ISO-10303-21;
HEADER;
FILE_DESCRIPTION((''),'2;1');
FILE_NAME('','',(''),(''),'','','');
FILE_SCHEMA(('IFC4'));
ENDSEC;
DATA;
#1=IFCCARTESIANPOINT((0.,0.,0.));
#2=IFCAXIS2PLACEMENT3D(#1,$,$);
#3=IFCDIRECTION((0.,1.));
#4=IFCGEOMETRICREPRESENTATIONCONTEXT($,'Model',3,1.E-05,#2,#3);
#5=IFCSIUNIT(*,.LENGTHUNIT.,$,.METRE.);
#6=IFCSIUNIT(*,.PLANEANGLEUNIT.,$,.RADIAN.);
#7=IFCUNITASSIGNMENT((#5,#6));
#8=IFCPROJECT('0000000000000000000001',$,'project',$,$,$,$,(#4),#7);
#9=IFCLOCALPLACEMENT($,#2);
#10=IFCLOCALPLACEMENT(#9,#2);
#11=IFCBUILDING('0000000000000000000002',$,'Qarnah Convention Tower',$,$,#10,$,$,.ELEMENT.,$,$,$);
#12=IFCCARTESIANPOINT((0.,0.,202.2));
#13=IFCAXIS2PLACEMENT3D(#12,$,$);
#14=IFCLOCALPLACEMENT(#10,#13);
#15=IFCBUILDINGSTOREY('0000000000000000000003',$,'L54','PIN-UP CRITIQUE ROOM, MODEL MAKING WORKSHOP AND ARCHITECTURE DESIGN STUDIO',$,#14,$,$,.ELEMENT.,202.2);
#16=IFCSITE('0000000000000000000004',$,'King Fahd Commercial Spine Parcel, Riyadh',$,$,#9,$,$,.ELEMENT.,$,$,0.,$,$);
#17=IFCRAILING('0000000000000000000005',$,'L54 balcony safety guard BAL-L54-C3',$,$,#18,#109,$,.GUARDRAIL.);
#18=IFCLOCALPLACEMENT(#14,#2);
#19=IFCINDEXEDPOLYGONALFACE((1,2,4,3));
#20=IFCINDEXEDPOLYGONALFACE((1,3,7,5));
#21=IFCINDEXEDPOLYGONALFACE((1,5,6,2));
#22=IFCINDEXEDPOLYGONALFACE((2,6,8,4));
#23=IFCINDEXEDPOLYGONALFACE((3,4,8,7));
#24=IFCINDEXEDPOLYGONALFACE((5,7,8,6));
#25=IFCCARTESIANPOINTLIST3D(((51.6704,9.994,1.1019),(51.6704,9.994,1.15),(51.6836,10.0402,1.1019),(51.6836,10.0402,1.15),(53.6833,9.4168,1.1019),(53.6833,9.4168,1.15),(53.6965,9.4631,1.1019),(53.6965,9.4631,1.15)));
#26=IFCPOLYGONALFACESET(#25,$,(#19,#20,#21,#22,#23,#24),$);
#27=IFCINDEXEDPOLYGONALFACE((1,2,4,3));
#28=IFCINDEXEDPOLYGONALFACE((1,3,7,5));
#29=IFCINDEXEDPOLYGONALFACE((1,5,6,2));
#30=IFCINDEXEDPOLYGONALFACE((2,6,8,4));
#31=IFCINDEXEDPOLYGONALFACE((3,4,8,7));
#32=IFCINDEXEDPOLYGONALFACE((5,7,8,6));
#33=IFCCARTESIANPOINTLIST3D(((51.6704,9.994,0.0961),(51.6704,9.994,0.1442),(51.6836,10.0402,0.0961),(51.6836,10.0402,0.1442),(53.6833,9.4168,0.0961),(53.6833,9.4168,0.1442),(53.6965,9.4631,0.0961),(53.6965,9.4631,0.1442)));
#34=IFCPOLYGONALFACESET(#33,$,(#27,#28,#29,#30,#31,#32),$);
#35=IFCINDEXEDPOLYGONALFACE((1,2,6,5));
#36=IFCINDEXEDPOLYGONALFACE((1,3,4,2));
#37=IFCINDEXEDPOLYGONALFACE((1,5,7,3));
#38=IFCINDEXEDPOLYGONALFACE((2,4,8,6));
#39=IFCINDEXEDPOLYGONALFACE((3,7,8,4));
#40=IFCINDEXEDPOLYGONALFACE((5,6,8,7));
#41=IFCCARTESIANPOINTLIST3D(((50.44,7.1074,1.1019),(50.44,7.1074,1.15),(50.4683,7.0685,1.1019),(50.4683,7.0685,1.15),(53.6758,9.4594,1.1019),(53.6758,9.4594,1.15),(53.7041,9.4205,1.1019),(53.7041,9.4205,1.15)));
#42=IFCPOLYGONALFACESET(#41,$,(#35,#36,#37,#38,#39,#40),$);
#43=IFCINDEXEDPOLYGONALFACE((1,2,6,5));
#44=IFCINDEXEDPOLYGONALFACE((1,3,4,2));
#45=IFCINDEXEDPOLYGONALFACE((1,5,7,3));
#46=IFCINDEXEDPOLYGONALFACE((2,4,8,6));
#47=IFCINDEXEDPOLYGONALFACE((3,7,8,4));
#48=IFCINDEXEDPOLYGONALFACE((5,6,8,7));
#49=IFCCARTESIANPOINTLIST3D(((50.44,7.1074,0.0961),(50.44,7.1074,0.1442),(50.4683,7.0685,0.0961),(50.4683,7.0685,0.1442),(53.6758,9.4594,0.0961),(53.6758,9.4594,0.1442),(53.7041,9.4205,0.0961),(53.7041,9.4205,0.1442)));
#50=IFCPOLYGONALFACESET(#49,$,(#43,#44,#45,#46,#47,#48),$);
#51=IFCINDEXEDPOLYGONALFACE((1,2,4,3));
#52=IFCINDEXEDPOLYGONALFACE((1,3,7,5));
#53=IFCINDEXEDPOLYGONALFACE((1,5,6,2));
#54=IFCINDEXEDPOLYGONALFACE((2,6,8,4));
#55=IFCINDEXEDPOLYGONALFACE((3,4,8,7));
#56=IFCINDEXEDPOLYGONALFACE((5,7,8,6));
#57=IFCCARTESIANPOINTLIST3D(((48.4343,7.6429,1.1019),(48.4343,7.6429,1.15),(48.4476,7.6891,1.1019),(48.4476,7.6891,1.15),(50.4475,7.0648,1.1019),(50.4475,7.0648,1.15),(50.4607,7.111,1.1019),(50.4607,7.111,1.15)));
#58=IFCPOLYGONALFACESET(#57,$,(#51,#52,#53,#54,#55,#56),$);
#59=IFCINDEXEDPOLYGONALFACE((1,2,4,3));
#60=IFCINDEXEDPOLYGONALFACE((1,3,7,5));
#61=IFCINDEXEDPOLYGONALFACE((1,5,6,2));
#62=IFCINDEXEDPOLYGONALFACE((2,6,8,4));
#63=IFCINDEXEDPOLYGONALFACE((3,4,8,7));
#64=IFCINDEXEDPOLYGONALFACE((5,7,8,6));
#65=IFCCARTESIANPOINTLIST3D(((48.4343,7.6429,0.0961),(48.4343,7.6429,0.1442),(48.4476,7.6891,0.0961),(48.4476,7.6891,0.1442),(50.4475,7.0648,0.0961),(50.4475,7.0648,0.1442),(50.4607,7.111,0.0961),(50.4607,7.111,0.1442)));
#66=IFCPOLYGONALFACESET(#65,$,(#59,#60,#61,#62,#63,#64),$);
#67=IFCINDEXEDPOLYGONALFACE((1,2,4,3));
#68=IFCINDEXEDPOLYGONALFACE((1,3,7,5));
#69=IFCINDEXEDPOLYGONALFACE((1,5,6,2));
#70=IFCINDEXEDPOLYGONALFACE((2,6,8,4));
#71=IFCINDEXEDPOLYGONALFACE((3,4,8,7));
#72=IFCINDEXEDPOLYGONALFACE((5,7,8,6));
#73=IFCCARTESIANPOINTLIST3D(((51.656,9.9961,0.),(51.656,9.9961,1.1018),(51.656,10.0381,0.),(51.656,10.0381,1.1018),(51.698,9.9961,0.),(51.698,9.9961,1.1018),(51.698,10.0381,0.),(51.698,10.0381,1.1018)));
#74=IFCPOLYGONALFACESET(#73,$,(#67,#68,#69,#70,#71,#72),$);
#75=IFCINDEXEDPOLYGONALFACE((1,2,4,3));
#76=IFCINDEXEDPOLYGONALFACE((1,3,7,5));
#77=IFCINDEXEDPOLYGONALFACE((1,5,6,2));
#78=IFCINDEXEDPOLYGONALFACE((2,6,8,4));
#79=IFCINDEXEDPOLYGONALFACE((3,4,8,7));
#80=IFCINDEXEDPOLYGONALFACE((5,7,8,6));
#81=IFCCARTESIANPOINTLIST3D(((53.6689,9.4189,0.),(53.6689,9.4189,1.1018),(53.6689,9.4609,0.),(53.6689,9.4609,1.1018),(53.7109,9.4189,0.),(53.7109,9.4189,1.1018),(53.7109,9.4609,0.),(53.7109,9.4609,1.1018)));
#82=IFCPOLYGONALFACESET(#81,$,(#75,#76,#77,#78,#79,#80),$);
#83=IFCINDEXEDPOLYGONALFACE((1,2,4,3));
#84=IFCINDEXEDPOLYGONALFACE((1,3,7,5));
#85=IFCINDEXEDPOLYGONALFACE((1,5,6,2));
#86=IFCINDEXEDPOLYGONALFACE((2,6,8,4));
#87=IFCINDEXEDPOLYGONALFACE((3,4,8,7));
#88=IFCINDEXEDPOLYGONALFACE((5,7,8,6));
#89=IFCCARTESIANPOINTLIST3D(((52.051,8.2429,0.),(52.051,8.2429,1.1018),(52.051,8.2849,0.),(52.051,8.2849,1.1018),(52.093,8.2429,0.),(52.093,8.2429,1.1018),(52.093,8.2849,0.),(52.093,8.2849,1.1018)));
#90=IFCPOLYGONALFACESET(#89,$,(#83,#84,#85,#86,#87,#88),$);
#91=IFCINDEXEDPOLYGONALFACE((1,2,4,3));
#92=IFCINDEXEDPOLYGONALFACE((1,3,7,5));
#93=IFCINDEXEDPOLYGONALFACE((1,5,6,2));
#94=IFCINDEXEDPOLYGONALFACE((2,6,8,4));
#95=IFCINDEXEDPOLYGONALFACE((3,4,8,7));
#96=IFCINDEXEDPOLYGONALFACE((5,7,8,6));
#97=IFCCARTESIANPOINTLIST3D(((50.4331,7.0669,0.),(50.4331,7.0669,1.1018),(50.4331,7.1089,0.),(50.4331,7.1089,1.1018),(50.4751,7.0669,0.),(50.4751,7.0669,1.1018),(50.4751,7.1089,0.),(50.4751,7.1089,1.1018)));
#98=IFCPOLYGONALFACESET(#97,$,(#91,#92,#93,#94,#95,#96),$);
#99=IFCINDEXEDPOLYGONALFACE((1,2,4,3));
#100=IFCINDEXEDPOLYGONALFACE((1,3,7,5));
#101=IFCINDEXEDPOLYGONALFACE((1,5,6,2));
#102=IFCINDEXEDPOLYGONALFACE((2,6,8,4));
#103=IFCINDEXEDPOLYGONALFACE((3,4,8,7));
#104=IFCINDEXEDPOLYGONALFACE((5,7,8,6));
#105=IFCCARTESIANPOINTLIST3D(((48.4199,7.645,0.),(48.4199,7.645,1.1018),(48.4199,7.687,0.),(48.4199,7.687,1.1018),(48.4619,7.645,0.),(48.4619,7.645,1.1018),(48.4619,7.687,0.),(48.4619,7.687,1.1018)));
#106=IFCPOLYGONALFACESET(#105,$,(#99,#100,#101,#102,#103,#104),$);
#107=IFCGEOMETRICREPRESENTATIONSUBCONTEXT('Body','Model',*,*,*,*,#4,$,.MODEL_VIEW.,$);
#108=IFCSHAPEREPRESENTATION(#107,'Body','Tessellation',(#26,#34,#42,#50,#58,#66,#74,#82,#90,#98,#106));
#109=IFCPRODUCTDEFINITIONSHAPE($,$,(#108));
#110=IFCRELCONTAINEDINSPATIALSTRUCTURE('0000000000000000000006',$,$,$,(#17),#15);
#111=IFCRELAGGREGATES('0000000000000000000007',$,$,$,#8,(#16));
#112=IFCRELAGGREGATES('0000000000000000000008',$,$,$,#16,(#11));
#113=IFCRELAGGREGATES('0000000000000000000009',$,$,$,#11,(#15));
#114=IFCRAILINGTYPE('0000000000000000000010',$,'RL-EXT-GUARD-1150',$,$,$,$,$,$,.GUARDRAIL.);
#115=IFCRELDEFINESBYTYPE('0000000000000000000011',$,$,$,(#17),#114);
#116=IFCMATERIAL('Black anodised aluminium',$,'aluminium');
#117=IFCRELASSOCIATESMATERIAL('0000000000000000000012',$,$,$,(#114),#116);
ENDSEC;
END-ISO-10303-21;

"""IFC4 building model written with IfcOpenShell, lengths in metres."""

from ifc_helpers import new_model, si_unit, direction, frame, origin, origin_2d, place, context, subcontext, project, spatial, rectangle, extrude, material, type_object, element, save


model = new_model("IFC4")

# Units and contexts
model_context = context("Model", 3, precision=1e-05, world=origin(), true_north=direction((0.0, 1.0)))
body_context = subcontext(model_context, "Body", "Model", "MODEL_VIEW")
ifc_project = project(units=[si_unit("LENGTHUNIT", "METRE"), si_unit("PLANEANGLEUNIT", "RADIAN")], contexts=[model_context])

# Site, building, storey
site_placement = place(None, origin())
site = spatial("IfcSite", under=ifc_project, at=site_placement, Name="King Fahd Commercial Spine Parcel, Riyadh", CompositionType="ELEMENT", RefElevation=0.0)
building_placement = place(site_placement, origin())
building = spatial("IfcBuilding", under=site, at=building_placement, Name="Qarnah Convention Tower", CompositionType="ELEMENT")
storey_placement = place(building_placement, frame((0.0, 0.0, 202.2)))
storey = spatial("IfcBuildingStorey", under=building, at=storey_placement, Name="L54", Description="PIN-UP CRITIQUE ROOM, MODEL MAKING WORKSHOP AND ARCHITECTURE DESIGN STUDIO", CompositionType="ELEMENT", Elevation=202.2)

# Shared definitions
ifc_material_1 = material(Name="Black anodised aluminium", Category="aluminium")

# Railing
railing_type = type_object("IfcRailingType", Name="RL-EXT-GUARD-1150", PredefinedType="GUARDRAIL", material=ifc_material_1)
railing_1_placement = place(storey_placement, frame((51.677, 10.0171, 0.0)))
element("IfcRailing", 1, at=railing_1_placement, inside=storey, type_object=railing_type, Name="L54 balcony safety guard BAL-L54-C3", PredefinedType="GUARDRAIL", context=body_context, shape_type="SweptSolid", body=[
    extrude(rectangle(XDim=0.0481, YDim=0.0481, at=origin_2d()), frame((0.0, 0.0, 1.126), z_axis=(0.961268, -0.275614, 0.0), x_axis=(0.275614, 0.961268, 0.0)), (0.0, 0.0, 1.0), 2.094),
    extrude(rectangle(XDim=0.0481, YDim=0.0481, at=origin_2d()), frame((0.0, 0.0, 0.1201), z_axis=(0.961268, -0.275614, 0.0), x_axis=(0.275614, 0.961268, 0.0)), (0.0, 0.0, 1.0), 2.094),
    extrude(rectangle(XDim=0.0481, YDim=0.0481, at=origin_2d()), frame((2.0129, -0.5771, 1.126), z_axis=(-0.808889, -0.587961, 0.0), x_axis=(0.587961, -0.808889, 0.0)), (0.0, 0.0, 1.0), 4.0002),
    extrude(rectangle(XDim=0.0481, YDim=0.0481, at=origin_2d()), frame((2.0129, -0.5771, 0.1201), z_axis=(-0.808889, -0.587961, 0.0), x_axis=(0.587961, -0.808889, 0.0)), (0.0, 0.0, 1.0), 4.0002),
    extrude(rectangle(XDim=0.0481, YDim=0.0481, at=origin_2d()), frame((-1.2229, -2.9292, 1.126), z_axis=(-0.961154, 0.276014, 0.0), x_axis=(-0.276014, -0.961154, 0.0)), (0.0, 0.0, 1.0), 2.0945),
    extrude(rectangle(XDim=0.0481, YDim=0.0481, at=origin_2d()), frame((-1.2229, -2.9292, 0.1201), z_axis=(-0.961154, 0.276014, 0.0), x_axis=(-0.276014, -0.961154, 0.0)), (0.0, 0.0, 1.0), 2.0945),
    extrude(rectangle(XDim=0.042, YDim=0.042, at=origin_2d()), origin(), (0.0, 0.0, 1.0), 1.1018),
    extrude(rectangle(XDim=0.042, YDim=0.042, at=origin_2d()), frame((2.0129, -0.5771, 0.0)), (0.0, 0.0, 1.0), 1.1018),
    extrude(rectangle(XDim=0.042, YDim=0.042, at=origin_2d()), frame((0.395, -1.7532, 0.0)), (0.0, 0.0, 1.0), 1.1018),
    extrude(rectangle(XDim=0.042, YDim=0.042, at=origin_2d()), frame((-1.2229, -2.9292, 0.0)), (0.0, 0.0, 1.0), 1.1018),
    extrude(rectangle(XDim=0.042, YDim=0.042, at=origin_2d()), frame((-3.2361, -2.3511, 0.0)), (0.0, 0.0, 1.0), 1.1018),
])

save(model, "model.ifc")
